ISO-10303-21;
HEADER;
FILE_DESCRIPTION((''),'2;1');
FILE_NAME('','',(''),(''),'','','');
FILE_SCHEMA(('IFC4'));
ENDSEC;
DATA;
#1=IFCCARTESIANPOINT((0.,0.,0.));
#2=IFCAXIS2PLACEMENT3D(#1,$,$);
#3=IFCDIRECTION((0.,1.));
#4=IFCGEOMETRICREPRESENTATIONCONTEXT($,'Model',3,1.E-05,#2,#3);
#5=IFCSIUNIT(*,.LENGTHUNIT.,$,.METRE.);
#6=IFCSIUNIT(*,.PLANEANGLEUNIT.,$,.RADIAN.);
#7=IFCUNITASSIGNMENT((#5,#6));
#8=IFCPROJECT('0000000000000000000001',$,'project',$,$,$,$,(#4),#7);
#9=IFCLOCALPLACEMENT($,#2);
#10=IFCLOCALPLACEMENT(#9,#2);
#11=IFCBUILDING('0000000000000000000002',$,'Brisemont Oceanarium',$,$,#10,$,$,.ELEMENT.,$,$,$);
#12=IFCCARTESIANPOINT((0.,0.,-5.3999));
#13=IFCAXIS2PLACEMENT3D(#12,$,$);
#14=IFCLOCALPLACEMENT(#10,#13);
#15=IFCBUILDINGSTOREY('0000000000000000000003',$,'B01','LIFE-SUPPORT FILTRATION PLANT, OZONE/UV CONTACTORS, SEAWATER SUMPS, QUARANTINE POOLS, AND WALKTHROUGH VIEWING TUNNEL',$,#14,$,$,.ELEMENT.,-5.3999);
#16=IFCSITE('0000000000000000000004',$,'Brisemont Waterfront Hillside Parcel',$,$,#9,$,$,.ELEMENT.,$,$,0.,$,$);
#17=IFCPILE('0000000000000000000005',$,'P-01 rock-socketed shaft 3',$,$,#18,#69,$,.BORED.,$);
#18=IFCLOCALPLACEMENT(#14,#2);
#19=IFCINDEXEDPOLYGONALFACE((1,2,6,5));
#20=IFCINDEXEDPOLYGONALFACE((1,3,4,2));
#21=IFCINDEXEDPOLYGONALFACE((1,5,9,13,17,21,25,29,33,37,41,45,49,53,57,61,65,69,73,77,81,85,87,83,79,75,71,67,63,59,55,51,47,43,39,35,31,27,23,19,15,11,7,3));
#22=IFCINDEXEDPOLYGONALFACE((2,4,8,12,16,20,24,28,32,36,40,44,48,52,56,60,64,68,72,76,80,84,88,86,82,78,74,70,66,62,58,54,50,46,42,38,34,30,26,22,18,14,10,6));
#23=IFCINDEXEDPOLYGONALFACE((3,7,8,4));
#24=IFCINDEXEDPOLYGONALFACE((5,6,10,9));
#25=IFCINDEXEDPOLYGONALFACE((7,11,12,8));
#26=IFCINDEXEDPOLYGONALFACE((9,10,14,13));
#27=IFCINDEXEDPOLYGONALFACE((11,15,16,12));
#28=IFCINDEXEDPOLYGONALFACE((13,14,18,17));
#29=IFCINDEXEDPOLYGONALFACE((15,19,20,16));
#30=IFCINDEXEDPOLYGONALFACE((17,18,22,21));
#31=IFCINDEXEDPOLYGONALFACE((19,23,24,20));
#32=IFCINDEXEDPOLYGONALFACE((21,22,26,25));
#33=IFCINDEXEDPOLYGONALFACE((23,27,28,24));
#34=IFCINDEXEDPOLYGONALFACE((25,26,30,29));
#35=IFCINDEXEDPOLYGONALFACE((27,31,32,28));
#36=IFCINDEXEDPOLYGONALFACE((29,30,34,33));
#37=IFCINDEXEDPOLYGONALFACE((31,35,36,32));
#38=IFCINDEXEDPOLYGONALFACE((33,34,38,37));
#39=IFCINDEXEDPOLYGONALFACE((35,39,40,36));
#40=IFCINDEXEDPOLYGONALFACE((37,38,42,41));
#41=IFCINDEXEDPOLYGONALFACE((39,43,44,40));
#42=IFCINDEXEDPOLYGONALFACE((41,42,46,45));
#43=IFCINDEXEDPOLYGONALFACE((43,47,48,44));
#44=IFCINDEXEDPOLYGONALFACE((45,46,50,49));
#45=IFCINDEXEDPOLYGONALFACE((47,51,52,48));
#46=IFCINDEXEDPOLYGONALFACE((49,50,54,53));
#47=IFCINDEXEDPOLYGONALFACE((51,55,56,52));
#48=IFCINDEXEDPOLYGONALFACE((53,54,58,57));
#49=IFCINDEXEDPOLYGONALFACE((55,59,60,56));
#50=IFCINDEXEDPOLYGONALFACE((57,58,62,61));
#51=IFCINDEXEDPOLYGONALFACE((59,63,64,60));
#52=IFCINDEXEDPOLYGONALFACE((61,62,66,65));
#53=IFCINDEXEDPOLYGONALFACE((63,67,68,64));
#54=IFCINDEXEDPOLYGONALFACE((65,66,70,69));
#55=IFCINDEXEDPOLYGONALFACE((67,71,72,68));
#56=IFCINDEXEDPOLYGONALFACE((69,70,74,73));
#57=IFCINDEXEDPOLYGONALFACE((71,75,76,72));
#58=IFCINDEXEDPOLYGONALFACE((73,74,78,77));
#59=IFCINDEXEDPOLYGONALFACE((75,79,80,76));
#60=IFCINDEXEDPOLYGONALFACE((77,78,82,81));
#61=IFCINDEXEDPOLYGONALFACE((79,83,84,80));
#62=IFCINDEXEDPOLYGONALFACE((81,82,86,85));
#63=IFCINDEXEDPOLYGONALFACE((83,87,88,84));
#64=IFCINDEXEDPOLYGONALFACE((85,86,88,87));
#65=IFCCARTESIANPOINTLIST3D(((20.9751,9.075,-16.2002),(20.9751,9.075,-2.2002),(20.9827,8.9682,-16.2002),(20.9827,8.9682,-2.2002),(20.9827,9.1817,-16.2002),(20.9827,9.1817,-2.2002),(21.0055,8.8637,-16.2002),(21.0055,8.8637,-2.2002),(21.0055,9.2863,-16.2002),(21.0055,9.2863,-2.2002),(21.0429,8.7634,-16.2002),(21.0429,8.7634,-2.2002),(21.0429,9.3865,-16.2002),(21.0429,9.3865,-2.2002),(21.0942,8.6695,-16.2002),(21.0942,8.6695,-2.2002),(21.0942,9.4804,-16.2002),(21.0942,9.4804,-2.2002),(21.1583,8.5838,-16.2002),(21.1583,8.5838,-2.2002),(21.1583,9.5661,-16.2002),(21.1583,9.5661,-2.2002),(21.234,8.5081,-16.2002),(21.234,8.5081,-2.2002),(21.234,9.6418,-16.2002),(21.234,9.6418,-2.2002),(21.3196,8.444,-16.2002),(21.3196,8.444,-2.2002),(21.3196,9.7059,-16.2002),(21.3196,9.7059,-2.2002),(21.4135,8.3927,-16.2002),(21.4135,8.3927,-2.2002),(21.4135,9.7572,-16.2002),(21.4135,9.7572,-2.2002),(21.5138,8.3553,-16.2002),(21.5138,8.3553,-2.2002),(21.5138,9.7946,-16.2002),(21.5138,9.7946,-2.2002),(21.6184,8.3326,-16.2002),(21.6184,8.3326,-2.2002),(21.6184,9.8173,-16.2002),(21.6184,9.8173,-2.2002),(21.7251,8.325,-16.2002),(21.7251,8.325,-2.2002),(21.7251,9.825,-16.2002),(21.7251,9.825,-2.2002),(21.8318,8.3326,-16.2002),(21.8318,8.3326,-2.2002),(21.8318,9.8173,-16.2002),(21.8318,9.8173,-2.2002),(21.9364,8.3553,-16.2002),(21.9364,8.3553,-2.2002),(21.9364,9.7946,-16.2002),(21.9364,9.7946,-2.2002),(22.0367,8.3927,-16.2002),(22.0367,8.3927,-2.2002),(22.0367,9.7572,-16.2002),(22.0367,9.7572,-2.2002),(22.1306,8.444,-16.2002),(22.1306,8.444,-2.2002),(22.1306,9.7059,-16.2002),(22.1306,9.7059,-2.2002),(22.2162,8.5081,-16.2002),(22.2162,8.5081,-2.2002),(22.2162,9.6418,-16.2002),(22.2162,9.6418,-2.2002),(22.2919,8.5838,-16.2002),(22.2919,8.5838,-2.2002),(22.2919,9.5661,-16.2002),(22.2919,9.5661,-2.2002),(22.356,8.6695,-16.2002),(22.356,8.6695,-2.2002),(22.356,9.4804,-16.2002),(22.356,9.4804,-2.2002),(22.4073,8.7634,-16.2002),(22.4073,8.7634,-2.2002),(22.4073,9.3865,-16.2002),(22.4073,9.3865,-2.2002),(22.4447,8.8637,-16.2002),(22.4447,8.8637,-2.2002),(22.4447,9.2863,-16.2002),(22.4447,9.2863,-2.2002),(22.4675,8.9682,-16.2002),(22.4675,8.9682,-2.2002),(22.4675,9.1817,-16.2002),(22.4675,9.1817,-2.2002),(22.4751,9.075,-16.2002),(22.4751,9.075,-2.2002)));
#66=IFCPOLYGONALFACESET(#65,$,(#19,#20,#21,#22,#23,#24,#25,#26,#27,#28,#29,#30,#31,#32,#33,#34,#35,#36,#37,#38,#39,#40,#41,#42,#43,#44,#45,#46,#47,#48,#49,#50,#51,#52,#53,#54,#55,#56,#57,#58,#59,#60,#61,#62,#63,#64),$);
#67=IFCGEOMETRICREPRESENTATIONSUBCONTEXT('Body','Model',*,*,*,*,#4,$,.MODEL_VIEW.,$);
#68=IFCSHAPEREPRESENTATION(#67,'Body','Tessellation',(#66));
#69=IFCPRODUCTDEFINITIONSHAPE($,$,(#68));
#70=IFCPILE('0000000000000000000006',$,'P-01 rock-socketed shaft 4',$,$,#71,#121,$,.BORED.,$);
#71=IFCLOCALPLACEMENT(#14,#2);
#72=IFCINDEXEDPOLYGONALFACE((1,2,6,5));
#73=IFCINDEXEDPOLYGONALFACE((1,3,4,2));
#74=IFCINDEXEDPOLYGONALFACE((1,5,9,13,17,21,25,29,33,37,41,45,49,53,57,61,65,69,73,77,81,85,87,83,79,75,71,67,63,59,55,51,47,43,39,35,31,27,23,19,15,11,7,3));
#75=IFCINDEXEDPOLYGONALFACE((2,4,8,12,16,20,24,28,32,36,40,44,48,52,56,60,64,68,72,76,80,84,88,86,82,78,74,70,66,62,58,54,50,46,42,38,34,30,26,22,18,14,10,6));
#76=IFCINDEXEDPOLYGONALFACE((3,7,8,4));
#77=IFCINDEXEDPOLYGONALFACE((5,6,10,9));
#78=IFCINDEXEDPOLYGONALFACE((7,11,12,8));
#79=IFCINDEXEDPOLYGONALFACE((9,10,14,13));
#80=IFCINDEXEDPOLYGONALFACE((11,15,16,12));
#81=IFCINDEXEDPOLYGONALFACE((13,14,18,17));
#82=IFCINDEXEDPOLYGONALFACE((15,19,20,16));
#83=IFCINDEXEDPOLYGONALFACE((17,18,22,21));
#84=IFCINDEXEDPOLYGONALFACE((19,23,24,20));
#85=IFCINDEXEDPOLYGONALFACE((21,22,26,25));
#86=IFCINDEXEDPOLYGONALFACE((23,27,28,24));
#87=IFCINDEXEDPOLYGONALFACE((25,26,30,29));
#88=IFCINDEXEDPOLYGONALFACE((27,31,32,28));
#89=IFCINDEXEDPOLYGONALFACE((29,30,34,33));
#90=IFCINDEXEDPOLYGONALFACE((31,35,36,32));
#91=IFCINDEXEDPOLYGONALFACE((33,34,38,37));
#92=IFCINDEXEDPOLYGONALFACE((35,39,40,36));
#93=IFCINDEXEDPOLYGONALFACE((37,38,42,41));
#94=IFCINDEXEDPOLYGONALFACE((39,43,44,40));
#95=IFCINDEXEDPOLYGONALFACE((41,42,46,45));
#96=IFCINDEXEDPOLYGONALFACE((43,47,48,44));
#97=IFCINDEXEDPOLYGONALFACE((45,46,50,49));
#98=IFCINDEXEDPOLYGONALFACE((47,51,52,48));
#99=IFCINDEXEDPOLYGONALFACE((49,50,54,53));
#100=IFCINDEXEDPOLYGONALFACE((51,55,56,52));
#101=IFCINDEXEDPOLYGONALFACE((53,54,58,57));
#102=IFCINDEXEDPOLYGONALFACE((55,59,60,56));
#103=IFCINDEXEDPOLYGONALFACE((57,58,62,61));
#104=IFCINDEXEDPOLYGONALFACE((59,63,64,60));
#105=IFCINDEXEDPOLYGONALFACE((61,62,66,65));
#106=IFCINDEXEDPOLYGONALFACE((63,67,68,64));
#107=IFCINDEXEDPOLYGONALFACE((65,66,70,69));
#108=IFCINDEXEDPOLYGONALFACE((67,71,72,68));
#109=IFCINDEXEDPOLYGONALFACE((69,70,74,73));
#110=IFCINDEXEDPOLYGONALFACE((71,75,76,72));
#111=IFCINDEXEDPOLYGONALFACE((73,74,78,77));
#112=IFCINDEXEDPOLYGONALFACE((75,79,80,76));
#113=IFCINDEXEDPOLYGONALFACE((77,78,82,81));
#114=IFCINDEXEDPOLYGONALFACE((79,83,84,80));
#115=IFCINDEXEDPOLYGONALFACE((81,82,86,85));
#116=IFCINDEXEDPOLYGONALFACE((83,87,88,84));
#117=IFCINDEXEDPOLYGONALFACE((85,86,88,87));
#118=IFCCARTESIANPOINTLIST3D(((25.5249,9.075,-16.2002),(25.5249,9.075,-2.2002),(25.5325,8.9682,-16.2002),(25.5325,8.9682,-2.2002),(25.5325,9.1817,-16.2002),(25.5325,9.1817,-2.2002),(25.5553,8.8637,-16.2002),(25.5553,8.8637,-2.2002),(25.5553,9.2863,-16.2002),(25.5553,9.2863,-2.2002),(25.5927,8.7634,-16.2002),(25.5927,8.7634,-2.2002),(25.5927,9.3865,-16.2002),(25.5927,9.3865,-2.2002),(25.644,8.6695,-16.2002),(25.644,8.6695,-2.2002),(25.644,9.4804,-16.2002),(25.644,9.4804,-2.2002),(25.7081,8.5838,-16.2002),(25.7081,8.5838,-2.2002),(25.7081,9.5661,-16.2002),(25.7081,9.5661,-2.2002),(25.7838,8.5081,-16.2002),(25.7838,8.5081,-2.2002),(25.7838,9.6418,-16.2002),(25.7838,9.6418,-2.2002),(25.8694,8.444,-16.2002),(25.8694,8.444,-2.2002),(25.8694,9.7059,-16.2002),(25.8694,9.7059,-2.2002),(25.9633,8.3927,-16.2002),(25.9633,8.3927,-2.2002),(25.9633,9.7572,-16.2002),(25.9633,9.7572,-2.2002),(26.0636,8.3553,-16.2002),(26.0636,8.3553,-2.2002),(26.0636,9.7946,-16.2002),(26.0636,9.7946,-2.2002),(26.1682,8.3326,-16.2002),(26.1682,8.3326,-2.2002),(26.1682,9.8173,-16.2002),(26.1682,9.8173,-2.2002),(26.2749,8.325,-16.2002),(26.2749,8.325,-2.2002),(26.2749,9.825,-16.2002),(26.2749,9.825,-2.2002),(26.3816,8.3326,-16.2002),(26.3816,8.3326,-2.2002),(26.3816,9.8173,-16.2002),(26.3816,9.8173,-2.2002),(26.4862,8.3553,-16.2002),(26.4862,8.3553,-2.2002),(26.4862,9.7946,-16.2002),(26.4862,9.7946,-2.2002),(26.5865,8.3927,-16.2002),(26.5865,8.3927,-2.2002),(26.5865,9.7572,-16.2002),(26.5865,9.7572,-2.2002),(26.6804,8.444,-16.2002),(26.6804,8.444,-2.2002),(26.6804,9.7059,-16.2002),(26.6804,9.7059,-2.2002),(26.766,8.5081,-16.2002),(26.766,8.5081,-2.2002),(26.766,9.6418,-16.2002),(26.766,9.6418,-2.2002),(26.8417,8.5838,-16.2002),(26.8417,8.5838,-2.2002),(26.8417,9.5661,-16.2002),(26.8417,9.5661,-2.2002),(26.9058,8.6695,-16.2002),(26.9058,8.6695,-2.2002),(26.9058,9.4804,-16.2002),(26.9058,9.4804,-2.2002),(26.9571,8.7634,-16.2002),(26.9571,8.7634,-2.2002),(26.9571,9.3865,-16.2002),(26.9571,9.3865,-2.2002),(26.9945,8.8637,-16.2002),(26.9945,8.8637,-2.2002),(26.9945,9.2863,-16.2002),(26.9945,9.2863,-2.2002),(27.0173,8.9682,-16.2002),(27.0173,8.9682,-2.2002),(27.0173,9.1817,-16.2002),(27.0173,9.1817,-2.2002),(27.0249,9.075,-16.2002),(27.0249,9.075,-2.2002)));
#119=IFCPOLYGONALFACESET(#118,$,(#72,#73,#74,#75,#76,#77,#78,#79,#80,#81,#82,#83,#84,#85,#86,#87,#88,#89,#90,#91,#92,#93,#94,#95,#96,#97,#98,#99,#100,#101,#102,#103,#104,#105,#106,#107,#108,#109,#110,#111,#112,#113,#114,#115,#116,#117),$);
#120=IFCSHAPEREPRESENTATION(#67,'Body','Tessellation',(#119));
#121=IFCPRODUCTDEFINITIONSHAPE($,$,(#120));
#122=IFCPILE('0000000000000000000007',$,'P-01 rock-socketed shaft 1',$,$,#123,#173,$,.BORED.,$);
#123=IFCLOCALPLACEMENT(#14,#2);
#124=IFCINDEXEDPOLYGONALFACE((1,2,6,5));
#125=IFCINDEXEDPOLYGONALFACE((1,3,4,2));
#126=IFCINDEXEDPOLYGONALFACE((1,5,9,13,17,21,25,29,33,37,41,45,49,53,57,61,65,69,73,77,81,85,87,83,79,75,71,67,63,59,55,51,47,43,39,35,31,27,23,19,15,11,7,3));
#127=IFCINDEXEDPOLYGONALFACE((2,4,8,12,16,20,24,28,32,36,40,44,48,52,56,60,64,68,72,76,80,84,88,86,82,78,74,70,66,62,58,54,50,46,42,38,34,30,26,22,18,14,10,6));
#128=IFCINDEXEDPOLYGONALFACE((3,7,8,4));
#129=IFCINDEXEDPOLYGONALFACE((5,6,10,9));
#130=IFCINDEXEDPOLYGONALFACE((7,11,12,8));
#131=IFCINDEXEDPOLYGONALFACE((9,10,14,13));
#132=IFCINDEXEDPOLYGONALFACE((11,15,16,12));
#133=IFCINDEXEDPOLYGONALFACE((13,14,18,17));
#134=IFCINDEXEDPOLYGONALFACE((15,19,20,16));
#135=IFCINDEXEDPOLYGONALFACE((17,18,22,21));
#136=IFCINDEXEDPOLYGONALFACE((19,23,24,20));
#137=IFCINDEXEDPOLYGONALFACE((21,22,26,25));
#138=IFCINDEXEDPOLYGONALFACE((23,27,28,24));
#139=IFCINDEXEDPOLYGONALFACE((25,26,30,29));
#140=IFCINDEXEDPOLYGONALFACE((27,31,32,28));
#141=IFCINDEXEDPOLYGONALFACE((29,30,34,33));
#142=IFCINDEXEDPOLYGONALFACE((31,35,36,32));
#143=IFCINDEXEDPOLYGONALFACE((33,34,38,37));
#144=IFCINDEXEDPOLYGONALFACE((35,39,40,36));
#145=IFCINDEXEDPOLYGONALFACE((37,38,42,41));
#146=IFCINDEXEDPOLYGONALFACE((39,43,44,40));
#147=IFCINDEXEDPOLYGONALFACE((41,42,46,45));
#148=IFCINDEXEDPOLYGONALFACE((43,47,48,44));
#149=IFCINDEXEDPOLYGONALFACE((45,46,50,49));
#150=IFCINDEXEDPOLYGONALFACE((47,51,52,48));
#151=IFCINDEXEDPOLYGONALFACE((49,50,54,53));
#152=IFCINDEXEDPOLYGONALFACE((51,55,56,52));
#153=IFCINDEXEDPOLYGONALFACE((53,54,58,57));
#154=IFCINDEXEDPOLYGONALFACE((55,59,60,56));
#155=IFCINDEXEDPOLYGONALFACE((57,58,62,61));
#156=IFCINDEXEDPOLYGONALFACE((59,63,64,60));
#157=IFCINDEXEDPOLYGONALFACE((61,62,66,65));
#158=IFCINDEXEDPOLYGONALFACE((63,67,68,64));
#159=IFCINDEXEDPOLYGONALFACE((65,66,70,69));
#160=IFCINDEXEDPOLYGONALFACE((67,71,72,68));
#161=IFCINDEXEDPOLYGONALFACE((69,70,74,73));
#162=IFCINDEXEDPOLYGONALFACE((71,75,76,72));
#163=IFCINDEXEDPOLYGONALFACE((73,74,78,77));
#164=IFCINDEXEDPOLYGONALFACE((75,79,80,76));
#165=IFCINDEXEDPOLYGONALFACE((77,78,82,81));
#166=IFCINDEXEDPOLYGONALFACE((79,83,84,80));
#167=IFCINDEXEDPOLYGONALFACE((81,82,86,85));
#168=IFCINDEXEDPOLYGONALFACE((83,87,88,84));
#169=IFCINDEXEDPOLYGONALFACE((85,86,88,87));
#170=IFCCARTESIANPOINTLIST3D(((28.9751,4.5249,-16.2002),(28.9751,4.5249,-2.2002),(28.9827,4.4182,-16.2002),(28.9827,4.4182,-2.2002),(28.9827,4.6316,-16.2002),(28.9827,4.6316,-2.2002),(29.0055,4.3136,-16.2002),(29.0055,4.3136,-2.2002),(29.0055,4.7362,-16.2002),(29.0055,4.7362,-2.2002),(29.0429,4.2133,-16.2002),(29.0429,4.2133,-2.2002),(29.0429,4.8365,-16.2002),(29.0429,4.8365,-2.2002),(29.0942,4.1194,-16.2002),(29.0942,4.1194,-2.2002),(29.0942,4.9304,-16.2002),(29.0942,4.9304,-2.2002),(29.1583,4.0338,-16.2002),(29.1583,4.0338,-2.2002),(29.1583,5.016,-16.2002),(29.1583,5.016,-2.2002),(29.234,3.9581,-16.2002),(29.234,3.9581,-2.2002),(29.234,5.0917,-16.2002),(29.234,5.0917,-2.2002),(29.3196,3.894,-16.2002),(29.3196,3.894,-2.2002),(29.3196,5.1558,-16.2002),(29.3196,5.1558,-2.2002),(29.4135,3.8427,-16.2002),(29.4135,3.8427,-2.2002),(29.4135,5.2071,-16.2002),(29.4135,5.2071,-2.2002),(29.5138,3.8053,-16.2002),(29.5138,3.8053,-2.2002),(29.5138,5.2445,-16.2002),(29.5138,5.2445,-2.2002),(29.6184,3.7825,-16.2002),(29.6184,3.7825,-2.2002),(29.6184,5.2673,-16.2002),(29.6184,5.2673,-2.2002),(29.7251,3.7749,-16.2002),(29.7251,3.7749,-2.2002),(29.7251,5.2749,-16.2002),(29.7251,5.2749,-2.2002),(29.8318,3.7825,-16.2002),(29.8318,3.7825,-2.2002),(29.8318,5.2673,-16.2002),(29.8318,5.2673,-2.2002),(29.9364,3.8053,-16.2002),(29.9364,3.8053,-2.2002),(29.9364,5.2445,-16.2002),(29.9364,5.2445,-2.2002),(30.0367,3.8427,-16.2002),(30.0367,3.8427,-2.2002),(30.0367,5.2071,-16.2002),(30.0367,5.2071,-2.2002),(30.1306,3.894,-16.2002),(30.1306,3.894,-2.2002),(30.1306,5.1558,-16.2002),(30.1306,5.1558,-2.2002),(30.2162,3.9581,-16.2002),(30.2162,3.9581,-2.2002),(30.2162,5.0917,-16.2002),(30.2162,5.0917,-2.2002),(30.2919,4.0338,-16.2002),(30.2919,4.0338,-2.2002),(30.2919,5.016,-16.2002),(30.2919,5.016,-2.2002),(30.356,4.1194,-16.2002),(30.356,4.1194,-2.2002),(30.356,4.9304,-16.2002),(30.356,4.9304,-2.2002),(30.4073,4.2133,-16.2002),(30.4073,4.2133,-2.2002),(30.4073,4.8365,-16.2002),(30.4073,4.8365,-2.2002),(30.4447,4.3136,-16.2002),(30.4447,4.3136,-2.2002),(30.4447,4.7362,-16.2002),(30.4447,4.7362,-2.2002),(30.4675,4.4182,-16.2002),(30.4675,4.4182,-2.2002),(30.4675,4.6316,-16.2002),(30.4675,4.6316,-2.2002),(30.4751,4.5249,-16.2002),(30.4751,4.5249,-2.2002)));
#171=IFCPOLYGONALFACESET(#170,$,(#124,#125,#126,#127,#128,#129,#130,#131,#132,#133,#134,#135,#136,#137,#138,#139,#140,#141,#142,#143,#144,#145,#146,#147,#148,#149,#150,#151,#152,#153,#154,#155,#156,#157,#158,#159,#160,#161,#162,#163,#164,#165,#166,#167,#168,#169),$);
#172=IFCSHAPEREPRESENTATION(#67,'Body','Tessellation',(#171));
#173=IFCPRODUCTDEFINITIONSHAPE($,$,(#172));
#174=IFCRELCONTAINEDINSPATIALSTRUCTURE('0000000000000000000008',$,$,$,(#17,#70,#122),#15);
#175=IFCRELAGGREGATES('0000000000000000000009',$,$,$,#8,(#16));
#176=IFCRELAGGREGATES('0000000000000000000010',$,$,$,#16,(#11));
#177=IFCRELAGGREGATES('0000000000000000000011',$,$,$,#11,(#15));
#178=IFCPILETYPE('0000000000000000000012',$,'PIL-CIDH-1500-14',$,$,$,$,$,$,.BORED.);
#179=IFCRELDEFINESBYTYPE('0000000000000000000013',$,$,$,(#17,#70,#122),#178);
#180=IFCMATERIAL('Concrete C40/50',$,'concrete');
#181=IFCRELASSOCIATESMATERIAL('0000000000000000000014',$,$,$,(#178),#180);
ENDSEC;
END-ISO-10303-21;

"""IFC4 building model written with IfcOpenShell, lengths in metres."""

from ifc_helpers import new_model, si_unit, direction, frame, origin, origin_2d, place, context, subcontext, project, spatial, circle, extrude, material, material_profile, profile_set, type_object, element, save


model = new_model("IFC4")

# Units and contexts
model_context = context("Model", 3, precision=1e-05, world=origin(), true_north=direction((0.0, 1.0)))
body_context = subcontext(model_context, "Body", "Model", "MODEL_VIEW")
ifc_project = project(units=[si_unit("LENGTHUNIT", "METRE"), si_unit("PLANEANGLEUNIT", "RADIAN")], contexts=[model_context])

# Site, building, storey
site_placement = place(None, origin())
site = spatial("IfcSite", under=ifc_project, at=site_placement, Name="Brisemont Waterfront Hillside Parcel", CompositionType="ELEMENT", RefElevation=0.0)
building_placement = place(site_placement, origin())
building = spatial("IfcBuilding", under=site, at=building_placement, Name="Brisemont Oceanarium", CompositionType="ELEMENT")
storey_placement = place(building_placement, frame((0.0, 0.0, -5.3999)))
storey = spatial("IfcBuildingStorey", under=building, at=storey_placement, Name="B01", Description="LIFE-SUPPORT FILTRATION PLANT, OZONE/UV CONTACTORS, SEAWATER SUMPS, QUARANTINE POOLS, AND WALKTHROUGH VIEWING TUNNEL", CompositionType="ELEMENT", Elevation=-5.3999)

# Piles
ifc_material_1 = material(Name="Concrete C40/50", Category="concrete")
ifc_material_profile_1 = material_profile(ifc_material_1, circle(Radius=0.75, at=origin_2d()), Name="CIDH-D1500")
ifc_profile_set_1 = profile_set([ifc_material_profile_1], Name="Concrete C40/50")
pile_type_1 = type_object("IfcPileType", Name="PIL-CIDH-1500-14", PredefinedType="BORED", material=ifc_profile_set_1)
for number, where, z_axis, x_axis, name in (
    (1, (21.7251, 9.075, -2.2002), (0.0, 0.0, -1.0), (1.0, 0.0, 0.0), "P-01 rock-socketed shaft 3"),
    (2, (26.2749, 9.075, -2.2002), (0.0, 0.0, -1.0), (1.0, 0.0, 0.0), "P-01 rock-socketed shaft 4"),
    (3, (29.7251, 4.5249, -2.2002), (0.0, 0.0, -1.0), (1.0, 0.0, 0.0), "P-01 rock-socketed shaft 1"),
):
    element("IfcPile", number, at=place(storey_placement, frame(where, z_axis=z_axis, x_axis=x_axis)), inside=storey, type_object=pile_type_1, Name=name, PredefinedType="BORED", context=body_context, shape_type="SweptSolid", body=[
        extrude(circle(Radius=0.75, at=origin_2d()), origin(), (0.0, 0.0, 1.0), 14.0),
    ])

save(model, "model.ifc")
